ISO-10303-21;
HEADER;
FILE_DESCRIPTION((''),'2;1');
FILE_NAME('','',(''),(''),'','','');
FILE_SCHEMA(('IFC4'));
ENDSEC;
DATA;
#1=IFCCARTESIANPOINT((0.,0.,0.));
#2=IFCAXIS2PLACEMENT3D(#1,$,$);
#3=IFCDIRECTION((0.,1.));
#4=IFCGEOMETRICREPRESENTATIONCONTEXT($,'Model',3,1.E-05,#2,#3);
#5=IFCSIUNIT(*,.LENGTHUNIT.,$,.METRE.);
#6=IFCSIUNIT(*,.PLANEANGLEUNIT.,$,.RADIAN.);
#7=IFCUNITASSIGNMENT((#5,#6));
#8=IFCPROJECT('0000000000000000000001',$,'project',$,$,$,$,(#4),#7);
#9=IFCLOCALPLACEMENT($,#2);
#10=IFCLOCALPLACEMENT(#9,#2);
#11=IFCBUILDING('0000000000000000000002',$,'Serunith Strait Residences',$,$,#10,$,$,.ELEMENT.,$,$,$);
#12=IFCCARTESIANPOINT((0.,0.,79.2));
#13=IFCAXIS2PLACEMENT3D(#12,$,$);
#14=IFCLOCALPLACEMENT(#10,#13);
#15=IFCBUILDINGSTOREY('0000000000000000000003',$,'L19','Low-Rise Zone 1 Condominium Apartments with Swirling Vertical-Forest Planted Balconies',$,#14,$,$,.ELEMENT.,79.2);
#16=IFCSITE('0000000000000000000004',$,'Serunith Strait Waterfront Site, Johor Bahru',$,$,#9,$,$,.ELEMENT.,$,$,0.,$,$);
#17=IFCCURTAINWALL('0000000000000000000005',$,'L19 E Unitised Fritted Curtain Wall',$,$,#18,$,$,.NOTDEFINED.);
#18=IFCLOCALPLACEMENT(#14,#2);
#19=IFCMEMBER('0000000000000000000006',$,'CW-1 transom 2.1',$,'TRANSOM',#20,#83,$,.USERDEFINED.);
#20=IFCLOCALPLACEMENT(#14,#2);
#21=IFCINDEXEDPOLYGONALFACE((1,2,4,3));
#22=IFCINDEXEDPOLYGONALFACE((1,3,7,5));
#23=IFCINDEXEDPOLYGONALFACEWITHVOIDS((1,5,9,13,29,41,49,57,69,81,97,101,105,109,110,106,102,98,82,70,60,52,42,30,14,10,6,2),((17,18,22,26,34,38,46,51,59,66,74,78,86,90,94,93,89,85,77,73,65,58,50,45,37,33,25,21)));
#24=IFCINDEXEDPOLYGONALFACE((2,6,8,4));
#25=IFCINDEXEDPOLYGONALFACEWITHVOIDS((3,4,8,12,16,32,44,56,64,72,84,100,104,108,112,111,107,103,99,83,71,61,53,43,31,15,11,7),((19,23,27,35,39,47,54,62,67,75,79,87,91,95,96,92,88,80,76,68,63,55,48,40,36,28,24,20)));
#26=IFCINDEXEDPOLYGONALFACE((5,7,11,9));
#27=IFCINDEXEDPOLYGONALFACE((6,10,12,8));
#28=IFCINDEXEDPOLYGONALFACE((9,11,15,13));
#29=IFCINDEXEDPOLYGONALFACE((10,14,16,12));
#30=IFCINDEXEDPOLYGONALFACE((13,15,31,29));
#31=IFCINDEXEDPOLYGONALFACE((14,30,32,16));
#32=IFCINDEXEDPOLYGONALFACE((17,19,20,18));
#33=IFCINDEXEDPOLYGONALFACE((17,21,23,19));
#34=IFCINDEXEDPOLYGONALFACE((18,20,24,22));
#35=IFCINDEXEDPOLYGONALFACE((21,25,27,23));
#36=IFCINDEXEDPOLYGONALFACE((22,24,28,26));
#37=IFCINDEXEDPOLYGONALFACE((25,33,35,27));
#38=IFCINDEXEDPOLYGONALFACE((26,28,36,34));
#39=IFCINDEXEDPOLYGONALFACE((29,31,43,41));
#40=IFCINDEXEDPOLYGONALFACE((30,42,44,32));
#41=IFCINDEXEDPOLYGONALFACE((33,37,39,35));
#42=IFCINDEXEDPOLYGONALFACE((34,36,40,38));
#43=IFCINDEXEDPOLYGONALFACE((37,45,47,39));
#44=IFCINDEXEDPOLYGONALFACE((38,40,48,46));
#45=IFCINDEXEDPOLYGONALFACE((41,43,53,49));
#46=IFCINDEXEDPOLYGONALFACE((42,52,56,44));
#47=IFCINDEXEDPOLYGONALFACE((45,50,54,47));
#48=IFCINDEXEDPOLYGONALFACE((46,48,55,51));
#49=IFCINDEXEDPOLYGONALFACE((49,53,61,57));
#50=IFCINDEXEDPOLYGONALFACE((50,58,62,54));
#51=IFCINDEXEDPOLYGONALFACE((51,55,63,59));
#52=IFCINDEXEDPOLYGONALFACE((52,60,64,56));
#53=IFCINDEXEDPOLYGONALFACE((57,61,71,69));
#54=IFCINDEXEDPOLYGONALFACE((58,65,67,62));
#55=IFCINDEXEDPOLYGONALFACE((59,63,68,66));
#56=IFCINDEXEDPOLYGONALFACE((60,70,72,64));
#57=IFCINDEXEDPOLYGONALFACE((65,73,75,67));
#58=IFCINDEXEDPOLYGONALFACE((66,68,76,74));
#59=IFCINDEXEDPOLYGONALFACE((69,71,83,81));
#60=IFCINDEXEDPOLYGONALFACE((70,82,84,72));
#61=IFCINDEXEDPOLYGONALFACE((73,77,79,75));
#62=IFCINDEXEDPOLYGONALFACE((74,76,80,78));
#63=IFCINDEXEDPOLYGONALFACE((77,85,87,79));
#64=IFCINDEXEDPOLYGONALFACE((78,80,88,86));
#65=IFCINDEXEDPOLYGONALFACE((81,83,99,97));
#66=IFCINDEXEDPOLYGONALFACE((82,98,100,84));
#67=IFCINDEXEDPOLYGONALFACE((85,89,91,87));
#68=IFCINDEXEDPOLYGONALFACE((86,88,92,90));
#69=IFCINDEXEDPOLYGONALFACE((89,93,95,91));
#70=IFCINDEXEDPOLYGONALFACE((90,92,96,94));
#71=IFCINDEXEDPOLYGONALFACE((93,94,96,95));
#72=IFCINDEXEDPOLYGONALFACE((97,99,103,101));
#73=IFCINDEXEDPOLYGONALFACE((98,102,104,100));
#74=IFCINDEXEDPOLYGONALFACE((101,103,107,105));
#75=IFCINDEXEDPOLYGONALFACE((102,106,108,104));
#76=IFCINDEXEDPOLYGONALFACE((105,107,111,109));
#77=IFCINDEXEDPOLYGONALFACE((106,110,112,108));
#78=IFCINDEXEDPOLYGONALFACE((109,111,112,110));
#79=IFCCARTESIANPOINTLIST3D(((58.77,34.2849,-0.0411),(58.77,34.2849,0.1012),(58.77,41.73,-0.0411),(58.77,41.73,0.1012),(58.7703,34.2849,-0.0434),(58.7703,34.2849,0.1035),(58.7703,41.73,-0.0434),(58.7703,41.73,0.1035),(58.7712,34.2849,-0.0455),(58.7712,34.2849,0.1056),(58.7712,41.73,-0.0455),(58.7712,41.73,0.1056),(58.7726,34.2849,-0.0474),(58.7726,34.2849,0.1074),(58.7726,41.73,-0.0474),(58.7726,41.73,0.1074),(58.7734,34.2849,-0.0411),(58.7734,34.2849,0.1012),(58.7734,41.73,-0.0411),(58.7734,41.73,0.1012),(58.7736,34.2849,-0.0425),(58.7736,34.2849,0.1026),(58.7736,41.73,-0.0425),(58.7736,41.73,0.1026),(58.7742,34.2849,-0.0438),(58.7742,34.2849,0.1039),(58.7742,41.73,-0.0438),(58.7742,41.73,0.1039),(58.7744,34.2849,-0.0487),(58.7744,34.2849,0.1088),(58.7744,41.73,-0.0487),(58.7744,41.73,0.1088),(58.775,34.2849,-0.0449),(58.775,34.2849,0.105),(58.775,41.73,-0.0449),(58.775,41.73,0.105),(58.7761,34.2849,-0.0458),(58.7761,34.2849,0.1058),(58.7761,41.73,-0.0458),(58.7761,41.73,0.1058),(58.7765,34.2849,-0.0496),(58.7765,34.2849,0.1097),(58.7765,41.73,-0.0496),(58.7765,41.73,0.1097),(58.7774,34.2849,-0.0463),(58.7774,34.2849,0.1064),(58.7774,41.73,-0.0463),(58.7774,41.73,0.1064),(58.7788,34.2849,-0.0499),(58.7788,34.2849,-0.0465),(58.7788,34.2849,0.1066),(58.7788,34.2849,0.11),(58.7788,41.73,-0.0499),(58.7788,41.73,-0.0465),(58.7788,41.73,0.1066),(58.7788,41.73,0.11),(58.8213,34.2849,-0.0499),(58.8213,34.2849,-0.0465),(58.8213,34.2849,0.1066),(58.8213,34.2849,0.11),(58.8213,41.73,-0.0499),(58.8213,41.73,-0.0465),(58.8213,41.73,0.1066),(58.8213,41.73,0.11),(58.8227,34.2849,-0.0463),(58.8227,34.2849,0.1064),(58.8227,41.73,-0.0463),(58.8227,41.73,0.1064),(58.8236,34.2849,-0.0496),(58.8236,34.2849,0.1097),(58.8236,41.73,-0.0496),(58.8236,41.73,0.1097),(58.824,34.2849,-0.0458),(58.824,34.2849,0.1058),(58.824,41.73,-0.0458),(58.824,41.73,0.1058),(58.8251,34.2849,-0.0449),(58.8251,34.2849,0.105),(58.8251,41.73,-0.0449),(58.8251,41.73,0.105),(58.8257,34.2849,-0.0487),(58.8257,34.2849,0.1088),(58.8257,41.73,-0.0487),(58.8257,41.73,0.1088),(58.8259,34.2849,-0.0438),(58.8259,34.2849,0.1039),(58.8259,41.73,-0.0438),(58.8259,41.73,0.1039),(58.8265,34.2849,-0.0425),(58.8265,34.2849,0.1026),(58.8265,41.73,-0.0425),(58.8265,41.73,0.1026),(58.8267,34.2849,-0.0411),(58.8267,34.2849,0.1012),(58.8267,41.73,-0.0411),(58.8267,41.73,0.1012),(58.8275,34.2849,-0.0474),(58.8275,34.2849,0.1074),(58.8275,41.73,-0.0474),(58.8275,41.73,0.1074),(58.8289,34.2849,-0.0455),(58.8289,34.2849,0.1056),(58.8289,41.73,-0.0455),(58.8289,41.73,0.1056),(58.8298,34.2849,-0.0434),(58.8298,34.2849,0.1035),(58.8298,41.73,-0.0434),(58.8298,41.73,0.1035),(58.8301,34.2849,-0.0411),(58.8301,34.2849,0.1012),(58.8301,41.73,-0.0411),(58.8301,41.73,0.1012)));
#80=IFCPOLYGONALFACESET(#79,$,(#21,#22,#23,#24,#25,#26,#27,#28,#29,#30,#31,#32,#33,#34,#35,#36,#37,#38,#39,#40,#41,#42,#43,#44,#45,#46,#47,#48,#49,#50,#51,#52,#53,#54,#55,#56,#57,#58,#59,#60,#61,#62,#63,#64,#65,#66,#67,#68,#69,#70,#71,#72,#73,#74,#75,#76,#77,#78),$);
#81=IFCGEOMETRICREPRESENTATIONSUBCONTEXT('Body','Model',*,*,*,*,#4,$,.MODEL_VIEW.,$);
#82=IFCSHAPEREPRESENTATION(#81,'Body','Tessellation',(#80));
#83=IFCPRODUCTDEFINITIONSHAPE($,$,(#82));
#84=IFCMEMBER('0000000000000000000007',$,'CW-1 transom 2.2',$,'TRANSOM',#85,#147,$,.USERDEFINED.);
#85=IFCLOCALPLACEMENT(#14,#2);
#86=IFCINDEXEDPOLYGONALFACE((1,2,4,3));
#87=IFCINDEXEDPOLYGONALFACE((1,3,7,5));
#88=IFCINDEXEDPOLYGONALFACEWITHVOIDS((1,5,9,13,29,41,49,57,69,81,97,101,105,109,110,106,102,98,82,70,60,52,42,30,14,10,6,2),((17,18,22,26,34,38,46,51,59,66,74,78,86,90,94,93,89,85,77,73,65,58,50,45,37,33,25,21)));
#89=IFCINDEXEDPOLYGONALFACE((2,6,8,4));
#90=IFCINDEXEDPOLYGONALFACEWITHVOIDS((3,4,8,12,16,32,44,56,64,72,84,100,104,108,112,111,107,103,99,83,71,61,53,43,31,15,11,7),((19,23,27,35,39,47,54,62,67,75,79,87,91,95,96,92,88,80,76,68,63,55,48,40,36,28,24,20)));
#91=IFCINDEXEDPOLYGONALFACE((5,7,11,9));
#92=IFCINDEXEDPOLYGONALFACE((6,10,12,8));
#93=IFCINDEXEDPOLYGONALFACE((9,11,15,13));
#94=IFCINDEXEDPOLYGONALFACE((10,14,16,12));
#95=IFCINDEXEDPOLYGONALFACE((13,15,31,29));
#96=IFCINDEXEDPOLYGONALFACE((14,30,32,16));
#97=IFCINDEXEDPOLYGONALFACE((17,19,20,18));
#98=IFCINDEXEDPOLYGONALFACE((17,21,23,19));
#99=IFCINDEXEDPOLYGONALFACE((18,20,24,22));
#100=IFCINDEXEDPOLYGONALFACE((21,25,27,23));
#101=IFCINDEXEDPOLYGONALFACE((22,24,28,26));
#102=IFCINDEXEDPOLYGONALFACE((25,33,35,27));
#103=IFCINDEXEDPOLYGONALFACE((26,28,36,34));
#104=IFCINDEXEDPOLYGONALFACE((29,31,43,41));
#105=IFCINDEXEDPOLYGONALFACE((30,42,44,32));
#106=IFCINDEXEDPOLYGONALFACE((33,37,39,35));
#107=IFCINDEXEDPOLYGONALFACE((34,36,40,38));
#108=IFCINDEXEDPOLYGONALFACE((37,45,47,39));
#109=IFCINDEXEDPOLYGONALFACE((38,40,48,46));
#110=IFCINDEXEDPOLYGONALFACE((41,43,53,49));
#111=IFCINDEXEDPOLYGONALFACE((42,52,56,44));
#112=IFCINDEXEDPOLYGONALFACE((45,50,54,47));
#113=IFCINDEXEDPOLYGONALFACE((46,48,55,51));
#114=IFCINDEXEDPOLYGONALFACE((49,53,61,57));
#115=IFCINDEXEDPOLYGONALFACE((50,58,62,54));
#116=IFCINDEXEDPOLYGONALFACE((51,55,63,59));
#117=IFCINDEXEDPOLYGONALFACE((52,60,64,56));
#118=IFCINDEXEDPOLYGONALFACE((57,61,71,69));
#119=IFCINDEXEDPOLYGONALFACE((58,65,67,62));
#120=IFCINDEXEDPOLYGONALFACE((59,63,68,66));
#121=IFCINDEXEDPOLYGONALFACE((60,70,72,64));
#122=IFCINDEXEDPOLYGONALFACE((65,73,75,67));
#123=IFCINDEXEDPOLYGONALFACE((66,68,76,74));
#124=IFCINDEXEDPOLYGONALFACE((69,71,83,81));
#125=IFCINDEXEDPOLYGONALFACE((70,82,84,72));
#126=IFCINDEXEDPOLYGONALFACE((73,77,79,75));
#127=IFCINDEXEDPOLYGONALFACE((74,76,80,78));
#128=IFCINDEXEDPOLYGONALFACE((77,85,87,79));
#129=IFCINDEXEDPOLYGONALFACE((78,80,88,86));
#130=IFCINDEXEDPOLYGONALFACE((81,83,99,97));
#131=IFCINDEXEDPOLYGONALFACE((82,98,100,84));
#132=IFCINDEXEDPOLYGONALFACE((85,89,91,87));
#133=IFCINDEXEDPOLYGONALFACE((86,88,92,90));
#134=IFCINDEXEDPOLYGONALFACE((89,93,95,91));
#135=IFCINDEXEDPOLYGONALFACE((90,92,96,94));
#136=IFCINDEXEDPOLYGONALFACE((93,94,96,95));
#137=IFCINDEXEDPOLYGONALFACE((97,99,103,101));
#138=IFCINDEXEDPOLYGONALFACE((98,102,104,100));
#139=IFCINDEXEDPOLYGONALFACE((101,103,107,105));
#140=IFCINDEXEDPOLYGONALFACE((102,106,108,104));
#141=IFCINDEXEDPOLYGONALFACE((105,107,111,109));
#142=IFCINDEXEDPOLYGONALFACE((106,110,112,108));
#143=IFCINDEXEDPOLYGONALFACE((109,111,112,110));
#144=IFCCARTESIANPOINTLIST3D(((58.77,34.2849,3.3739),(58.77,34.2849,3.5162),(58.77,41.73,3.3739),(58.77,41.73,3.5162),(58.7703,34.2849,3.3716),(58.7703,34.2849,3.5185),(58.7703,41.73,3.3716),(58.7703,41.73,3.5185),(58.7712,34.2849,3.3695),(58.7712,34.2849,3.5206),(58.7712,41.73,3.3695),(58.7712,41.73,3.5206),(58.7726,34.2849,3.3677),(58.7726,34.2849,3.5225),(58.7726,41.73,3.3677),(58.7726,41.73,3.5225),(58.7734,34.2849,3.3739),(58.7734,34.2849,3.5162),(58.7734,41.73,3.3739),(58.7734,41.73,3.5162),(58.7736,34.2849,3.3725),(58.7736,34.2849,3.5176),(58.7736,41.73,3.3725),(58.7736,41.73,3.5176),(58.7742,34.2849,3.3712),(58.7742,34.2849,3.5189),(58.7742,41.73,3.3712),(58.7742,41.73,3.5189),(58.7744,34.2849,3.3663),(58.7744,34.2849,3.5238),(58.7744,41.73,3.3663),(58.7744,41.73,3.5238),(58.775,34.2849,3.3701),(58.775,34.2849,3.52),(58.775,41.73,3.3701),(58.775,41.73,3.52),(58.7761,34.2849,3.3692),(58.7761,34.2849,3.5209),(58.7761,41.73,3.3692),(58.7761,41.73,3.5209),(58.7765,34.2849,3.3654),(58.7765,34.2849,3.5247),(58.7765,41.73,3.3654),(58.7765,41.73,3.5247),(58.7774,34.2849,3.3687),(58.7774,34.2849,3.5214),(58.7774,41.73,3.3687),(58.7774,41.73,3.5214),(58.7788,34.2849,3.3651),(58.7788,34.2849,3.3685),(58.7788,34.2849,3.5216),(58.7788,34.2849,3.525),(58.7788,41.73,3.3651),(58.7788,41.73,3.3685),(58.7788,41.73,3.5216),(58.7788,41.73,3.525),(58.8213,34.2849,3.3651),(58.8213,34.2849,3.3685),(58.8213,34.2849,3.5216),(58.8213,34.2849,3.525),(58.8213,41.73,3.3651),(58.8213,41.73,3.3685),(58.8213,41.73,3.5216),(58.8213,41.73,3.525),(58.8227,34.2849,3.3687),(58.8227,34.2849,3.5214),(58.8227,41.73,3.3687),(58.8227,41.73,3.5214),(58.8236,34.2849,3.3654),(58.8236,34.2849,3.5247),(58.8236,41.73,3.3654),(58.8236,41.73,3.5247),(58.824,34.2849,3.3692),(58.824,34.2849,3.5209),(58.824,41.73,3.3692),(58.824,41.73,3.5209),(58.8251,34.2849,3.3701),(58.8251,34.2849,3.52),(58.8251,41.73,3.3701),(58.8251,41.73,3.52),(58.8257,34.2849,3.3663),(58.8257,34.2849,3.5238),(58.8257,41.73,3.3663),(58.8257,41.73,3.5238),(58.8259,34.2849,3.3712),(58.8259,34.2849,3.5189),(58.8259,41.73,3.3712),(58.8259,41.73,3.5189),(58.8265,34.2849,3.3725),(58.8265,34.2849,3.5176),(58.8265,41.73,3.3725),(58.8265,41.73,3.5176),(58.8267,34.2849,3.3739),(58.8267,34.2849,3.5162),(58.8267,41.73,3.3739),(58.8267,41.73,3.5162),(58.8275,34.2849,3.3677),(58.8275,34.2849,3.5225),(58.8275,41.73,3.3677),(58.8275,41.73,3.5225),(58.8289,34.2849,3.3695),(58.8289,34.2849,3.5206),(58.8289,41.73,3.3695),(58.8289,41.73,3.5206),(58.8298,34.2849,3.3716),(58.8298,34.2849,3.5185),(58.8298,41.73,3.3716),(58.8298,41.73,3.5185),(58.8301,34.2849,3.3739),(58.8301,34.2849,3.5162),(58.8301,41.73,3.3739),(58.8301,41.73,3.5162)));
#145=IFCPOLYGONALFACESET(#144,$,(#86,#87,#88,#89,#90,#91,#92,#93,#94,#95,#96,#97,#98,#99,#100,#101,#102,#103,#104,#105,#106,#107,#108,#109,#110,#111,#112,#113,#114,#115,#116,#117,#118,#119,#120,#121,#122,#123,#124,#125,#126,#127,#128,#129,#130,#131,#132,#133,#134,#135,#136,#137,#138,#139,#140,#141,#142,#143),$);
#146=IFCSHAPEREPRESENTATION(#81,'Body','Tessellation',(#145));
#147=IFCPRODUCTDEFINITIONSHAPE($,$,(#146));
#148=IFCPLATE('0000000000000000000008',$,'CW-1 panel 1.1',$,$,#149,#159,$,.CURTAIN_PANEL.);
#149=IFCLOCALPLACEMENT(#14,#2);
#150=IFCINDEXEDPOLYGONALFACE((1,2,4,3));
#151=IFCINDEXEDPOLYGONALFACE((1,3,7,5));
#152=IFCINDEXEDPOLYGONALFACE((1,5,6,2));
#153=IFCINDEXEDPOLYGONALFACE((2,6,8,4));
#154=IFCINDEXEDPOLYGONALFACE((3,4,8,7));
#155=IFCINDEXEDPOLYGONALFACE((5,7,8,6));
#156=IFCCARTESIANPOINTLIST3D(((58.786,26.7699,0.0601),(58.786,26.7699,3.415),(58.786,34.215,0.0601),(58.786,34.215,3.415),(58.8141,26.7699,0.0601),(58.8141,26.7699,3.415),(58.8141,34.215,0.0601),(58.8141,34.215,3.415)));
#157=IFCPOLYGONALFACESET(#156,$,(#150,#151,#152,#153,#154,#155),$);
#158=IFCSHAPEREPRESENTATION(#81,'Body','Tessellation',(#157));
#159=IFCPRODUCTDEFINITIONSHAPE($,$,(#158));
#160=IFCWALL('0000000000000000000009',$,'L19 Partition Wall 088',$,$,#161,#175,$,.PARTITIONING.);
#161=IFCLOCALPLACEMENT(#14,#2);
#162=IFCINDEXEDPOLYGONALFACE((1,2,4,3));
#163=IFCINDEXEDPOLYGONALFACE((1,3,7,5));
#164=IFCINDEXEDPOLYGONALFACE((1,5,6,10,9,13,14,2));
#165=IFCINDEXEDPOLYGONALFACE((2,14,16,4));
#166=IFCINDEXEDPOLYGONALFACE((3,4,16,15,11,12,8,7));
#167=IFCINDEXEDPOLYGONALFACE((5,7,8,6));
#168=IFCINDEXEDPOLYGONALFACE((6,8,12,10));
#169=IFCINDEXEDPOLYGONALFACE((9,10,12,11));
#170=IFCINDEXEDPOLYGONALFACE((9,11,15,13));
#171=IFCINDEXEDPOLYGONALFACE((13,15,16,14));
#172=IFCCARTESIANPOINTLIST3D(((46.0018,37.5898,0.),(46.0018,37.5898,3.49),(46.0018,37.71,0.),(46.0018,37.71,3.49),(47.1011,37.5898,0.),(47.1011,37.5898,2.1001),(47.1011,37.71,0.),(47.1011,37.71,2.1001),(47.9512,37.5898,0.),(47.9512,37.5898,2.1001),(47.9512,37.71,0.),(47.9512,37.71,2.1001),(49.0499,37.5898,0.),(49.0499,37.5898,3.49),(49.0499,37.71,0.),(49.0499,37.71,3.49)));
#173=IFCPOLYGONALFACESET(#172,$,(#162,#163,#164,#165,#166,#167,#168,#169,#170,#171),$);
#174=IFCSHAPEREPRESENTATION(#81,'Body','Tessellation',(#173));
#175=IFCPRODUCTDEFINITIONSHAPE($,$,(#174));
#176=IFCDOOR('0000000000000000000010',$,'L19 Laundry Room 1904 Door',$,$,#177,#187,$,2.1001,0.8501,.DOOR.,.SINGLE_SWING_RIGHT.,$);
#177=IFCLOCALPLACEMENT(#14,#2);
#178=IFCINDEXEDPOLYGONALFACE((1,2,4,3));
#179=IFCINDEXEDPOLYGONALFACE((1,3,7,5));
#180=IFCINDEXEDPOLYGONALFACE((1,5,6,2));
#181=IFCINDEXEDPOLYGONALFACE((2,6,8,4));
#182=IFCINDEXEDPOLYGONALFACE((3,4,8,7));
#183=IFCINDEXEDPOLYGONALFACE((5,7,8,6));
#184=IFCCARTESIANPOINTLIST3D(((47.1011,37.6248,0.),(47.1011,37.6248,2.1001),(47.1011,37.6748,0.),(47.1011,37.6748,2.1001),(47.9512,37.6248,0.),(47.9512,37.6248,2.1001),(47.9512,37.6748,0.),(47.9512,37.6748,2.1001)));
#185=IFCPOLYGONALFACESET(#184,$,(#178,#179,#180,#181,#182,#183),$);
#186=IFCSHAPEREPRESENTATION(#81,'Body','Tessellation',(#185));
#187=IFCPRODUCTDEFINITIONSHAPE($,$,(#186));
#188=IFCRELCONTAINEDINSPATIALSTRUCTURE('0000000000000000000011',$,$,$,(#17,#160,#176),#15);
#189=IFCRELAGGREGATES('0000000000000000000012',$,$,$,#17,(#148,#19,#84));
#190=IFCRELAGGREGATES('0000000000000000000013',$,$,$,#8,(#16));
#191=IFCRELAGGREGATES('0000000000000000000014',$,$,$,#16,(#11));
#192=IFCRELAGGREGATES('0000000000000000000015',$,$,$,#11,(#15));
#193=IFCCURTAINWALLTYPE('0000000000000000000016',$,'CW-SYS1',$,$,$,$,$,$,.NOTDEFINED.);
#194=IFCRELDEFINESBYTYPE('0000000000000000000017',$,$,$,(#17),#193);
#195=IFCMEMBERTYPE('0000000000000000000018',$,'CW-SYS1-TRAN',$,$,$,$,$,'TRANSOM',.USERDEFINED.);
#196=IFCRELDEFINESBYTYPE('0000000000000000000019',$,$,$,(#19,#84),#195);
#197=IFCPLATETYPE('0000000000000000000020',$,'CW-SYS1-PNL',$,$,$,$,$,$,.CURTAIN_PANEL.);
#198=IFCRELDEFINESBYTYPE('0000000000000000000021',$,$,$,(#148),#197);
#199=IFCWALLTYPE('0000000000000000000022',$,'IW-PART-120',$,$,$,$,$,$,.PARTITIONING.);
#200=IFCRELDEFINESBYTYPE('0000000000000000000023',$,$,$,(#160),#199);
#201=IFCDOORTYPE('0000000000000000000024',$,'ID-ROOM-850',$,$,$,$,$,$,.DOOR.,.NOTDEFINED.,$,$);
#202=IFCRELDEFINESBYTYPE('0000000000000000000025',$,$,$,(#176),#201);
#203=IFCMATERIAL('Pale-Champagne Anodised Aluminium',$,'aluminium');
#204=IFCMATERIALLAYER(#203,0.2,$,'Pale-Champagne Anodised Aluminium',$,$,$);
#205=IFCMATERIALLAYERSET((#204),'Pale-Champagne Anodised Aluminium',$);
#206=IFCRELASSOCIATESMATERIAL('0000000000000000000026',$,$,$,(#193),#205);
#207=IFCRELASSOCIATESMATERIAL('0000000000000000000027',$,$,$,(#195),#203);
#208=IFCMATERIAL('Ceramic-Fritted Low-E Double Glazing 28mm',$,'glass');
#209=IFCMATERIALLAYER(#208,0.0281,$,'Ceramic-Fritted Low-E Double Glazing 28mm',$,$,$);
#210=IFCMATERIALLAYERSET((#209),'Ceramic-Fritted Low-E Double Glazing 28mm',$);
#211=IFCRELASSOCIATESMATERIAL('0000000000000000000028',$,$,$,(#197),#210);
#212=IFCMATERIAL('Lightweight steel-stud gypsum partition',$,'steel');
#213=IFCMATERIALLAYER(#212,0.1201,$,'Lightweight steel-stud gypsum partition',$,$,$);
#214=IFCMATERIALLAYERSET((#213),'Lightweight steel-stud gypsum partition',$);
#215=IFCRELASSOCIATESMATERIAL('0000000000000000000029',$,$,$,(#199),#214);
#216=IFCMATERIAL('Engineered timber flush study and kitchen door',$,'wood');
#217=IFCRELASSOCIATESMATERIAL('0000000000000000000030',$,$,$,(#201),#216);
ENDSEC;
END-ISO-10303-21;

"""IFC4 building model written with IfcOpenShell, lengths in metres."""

from ifc_helpers import new_model, si_unit, direction, frame, frame_2d, origin, origin_2d, place, context, subcontext, project, spatial, rectangle, hollow_rectangle, extrude, source, transform, mapped, material, layer, layer_set, material_profile, profile_set, type_object, element, fill, aggregate, save


model = new_model("IFC4")

# Units and contexts
model_context = context("Model", 3, precision=1e-05, world=origin(), true_north=direction((0.0, 1.0)))
body_context = subcontext(model_context, "Body", "Model", "MODEL_VIEW")
ifc_project = project(units=[si_unit("LENGTHUNIT", "METRE"), si_unit("PLANEANGLEUNIT", "RADIAN")], contexts=[model_context])

# Site, building, storey
site_placement = place(None, origin())
site = spatial("IfcSite", under=ifc_project, at=site_placement, Name="Serunith Strait Waterfront Site, Johor Bahru", CompositionType="ELEMENT", RefElevation=0.0)
building_placement = place(site_placement, origin())
building = spatial("IfcBuilding", under=site, at=building_placement, Name="Serunith Strait Residences", CompositionType="ELEMENT")
storey_placement = place(building_placement, frame((0.0, 0.0, 79.2)))
storey = spatial("IfcBuildingStorey", under=building, at=storey_placement, Name="L19", Description="Low-Rise Zone 1 Condominium Apartments with Swirling Vertical-Forest Planted Balconies", CompositionType="ELEMENT", Elevation=79.2)

# Curtain wall, members, plate
ifc_material_1 = material(Name="Pale-Champagne Anodised Aluminium", Category="aluminium")
ifc_layer_1 = layer(ifc_material_1, 0.2, Name="Pale-Champagne Anodised Aluminium")
ifc_layer_set_1 = layer_set([ifc_layer_1], Name="Pale-Champagne Anodised Aluminium")
curtain_wall_type = type_object("IfcCurtainWallType", Name="CW-SYS1", PredefinedType="NOTDEFINED", material=ifc_layer_set_1)
curtain_wall_placement = place(storey_placement, origin())
curtain_wall = element("IfcCurtainWall", 1, at=curtain_wall_placement, inside=storey, type_object=curtain_wall_type, Name="L19 E Unitised Fritted Curtain Wall", PredefinedType="NOTDEFINED")
ifc_material_profile_1 = material_profile(ifc_material_1, hollow_rectangle(XDim=0.0601, YDim=0.1599, WallThickness=0.0034, InnerFilletRadius=0.0054, OuterFilletRadius=0.0088, at=origin_2d()), Name="ALU 160x60x3.5")
ifc_profile_set_1 = profile_set([ifc_material_profile_1], Name="Pale-Champagne Anodised Aluminium")
member_type_1 = type_object("IfcMemberType", Name="CW-SYS1-TRAN", ElementType="TRANSOM", PredefinedType="USERDEFINED", material=ifc_profile_set_1)
shared_shape_1 = source(origin(), body_context, "Body", "SweptSolid", [
    extrude(hollow_rectangle(XDim=0.0601, YDim=0.1599, WallThickness=0.0034, InnerFilletRadius=0.0054, OuterFilletRadius=0.0088, at=origin_2d()), origin(), (0.0, 0.0, 1.0), 7.4451),
])
member_1_placement = place(storey_placement, frame((58.8, 34.2849, 0.03), z_axis=(0.0, 1.0, 0.0), x_axis=(-1.0, 0.0, 0.0)))
member_1 = element("IfcMember", 2, at=member_1_placement, type_object=member_type_1, Name="CW-1 transom 2.1", ObjectType="TRANSOM", PredefinedType="USERDEFINED", context=body_context, shape_type="MappedRepresentation", body=[
    mapped(shared_shape_1, transform((0.0, 0.0, 0.0), scale=1.0)),
])
member_2_placement = place(storey_placement, frame((58.8, 34.2849, 3.4451), z_axis=(0.0, 1.0, 0.0), x_axis=(-1.0, 0.0, 0.0)))
member_2 = element("IfcMember", 3, at=member_2_placement, type_object=member_type_1, Name="CW-1 transom 2.2", ObjectType="TRANSOM", PredefinedType="USERDEFINED", context=body_context, shape_type="MappedRepresentation", body=[
    mapped(shared_shape_1, transform((0.0, 0.0, 0.0), scale=1.0)),
])
ifc_material_2 = material(Name="Ceramic-Fritted Low-E Double Glazing 28mm", Category="glass")
ifc_layer_2 = layer(ifc_material_2, 0.0281, Name="Ceramic-Fritted Low-E Double Glazing 28mm")
ifc_layer_set_2 = layer_set([ifc_layer_2], Name="Ceramic-Fritted Low-E Double Glazing 28mm")
plate_type = type_object("IfcPlateType", Name="CW-SYS1-PNL", PredefinedType="CURTAIN_PANEL", material=ifc_layer_set_2)
shared_shape_2 = source(origin(), body_context, "Body", "SweptSolid", [
    extrude(rectangle(XDim=7.4451, YDim=0.0281, at=origin_2d()), origin(), (0.0, 0.0, 1.0), 3.355),
])
plate_placement = place(storey_placement, frame((58.8, 30.4924, 0.0601), z_axis=(0.0, 0.0, 1.0), x_axis=(0.0, 1.0, 0.0)))
plate = element("IfcPlate", 4, at=plate_placement, type_object=plate_type, Name="CW-1 panel 1.1", PredefinedType="CURTAIN_PANEL", context=body_context, shape_type="MappedRepresentation", body=[
    mapped(shared_shape_2, transform((0.0, 0.0, 0.0), scale=1.0)),
])
aggregate(curtain_wall, [plate, member_1, member_2])

# Wall, opening, door
ifc_material_3 = material(Name="Lightweight steel-stud gypsum partition", Category="steel")
ifc_layer_3 = layer(ifc_material_3, 0.1201, Name="Lightweight steel-stud gypsum partition")
ifc_layer_set_3 = layer_set([ifc_layer_3], Name="Lightweight steel-stud gypsum partition")
wall_type = type_object("IfcWallType", Name="IW-PART-120", PredefinedType="PARTITIONING", material=ifc_layer_set_3)
wall_1_placement = place(storey_placement, frame((46.002, 37.6499, 0.0), z_axis=(0.0, 0.0, 1.0), x_axis=(1.0, 0.0, 0.0)))
wall_1 = element("IfcWall", 5, at=wall_1_placement, inside=storey, type_object=wall_type, Name="L19 Partition Wall 088", PredefinedType="PARTITIONING", context=body_context, shape_type="SweptSolid", body=[
    extrude(rectangle(XDim=3.0481, YDim=0.1201, at=frame_2d((1.5239, 0.0))), origin(), (0.0, 0.0, 1.0), 3.49),
])
opening_1_placement = place(wall_1_placement, frame((1.0991, 0.0, 0.0)))
opening_1 = element("IfcOpeningElement", 6, at=opening_1_placement, cuts=wall_1, PredefinedType="OPENING", context=body_context, shape_type="SweptSolid", body=[
    extrude(rectangle(XDim=0.8501, YDim=2.1001, at=frame_2d((0.425, 1.05))), frame((0.0, 0.0701, 0.0), z_axis=(0.0, -1.0, 0.0), x_axis=(1.0, 0.0, 0.0)), (0.0, 0.0, 1.0), 0.1401),
])
ifc_material_4 = material(Name="Engineered timber flush study and kitchen door", Category="wood")
door_type_1 = type_object("IfcDoorType", Name="ID-ROOM-850", OperationType="NOTDEFINED", PredefinedType="DOOR", material=ifc_material_4)
shared_shape_3 = source(origin(), body_context, "Body", "SweptSolid", [
    extrude(rectangle(XDim=0.8501, YDim=2.1001, at=frame_2d((0.425, 1.05))), frame((0.0, 0.0249, 0.0), z_axis=(0.0, -1.0, 0.0), x_axis=(1.0, 0.0, 0.0)), (0.0, 0.0, 1.0), 0.05),
])
door_1_placement = place(opening_1_placement, origin())
door_1 = element("IfcDoor", 7, at=door_1_placement, inside=storey, type_object=door_type_1, Name="L19 Laundry Room 1904 Door", OperationType="SINGLE_SWING_RIGHT", OverallHeight=2.1001, OverallWidth=0.8501, PredefinedType="DOOR", context=body_context, shape_type="MappedRepresentation", body=[
    mapped(shared_shape_3, transform((0.0, 0.0, 0.0), scale=1.0)),
])
fill(opening_1, door_1)

save(model, "model.ifc")
